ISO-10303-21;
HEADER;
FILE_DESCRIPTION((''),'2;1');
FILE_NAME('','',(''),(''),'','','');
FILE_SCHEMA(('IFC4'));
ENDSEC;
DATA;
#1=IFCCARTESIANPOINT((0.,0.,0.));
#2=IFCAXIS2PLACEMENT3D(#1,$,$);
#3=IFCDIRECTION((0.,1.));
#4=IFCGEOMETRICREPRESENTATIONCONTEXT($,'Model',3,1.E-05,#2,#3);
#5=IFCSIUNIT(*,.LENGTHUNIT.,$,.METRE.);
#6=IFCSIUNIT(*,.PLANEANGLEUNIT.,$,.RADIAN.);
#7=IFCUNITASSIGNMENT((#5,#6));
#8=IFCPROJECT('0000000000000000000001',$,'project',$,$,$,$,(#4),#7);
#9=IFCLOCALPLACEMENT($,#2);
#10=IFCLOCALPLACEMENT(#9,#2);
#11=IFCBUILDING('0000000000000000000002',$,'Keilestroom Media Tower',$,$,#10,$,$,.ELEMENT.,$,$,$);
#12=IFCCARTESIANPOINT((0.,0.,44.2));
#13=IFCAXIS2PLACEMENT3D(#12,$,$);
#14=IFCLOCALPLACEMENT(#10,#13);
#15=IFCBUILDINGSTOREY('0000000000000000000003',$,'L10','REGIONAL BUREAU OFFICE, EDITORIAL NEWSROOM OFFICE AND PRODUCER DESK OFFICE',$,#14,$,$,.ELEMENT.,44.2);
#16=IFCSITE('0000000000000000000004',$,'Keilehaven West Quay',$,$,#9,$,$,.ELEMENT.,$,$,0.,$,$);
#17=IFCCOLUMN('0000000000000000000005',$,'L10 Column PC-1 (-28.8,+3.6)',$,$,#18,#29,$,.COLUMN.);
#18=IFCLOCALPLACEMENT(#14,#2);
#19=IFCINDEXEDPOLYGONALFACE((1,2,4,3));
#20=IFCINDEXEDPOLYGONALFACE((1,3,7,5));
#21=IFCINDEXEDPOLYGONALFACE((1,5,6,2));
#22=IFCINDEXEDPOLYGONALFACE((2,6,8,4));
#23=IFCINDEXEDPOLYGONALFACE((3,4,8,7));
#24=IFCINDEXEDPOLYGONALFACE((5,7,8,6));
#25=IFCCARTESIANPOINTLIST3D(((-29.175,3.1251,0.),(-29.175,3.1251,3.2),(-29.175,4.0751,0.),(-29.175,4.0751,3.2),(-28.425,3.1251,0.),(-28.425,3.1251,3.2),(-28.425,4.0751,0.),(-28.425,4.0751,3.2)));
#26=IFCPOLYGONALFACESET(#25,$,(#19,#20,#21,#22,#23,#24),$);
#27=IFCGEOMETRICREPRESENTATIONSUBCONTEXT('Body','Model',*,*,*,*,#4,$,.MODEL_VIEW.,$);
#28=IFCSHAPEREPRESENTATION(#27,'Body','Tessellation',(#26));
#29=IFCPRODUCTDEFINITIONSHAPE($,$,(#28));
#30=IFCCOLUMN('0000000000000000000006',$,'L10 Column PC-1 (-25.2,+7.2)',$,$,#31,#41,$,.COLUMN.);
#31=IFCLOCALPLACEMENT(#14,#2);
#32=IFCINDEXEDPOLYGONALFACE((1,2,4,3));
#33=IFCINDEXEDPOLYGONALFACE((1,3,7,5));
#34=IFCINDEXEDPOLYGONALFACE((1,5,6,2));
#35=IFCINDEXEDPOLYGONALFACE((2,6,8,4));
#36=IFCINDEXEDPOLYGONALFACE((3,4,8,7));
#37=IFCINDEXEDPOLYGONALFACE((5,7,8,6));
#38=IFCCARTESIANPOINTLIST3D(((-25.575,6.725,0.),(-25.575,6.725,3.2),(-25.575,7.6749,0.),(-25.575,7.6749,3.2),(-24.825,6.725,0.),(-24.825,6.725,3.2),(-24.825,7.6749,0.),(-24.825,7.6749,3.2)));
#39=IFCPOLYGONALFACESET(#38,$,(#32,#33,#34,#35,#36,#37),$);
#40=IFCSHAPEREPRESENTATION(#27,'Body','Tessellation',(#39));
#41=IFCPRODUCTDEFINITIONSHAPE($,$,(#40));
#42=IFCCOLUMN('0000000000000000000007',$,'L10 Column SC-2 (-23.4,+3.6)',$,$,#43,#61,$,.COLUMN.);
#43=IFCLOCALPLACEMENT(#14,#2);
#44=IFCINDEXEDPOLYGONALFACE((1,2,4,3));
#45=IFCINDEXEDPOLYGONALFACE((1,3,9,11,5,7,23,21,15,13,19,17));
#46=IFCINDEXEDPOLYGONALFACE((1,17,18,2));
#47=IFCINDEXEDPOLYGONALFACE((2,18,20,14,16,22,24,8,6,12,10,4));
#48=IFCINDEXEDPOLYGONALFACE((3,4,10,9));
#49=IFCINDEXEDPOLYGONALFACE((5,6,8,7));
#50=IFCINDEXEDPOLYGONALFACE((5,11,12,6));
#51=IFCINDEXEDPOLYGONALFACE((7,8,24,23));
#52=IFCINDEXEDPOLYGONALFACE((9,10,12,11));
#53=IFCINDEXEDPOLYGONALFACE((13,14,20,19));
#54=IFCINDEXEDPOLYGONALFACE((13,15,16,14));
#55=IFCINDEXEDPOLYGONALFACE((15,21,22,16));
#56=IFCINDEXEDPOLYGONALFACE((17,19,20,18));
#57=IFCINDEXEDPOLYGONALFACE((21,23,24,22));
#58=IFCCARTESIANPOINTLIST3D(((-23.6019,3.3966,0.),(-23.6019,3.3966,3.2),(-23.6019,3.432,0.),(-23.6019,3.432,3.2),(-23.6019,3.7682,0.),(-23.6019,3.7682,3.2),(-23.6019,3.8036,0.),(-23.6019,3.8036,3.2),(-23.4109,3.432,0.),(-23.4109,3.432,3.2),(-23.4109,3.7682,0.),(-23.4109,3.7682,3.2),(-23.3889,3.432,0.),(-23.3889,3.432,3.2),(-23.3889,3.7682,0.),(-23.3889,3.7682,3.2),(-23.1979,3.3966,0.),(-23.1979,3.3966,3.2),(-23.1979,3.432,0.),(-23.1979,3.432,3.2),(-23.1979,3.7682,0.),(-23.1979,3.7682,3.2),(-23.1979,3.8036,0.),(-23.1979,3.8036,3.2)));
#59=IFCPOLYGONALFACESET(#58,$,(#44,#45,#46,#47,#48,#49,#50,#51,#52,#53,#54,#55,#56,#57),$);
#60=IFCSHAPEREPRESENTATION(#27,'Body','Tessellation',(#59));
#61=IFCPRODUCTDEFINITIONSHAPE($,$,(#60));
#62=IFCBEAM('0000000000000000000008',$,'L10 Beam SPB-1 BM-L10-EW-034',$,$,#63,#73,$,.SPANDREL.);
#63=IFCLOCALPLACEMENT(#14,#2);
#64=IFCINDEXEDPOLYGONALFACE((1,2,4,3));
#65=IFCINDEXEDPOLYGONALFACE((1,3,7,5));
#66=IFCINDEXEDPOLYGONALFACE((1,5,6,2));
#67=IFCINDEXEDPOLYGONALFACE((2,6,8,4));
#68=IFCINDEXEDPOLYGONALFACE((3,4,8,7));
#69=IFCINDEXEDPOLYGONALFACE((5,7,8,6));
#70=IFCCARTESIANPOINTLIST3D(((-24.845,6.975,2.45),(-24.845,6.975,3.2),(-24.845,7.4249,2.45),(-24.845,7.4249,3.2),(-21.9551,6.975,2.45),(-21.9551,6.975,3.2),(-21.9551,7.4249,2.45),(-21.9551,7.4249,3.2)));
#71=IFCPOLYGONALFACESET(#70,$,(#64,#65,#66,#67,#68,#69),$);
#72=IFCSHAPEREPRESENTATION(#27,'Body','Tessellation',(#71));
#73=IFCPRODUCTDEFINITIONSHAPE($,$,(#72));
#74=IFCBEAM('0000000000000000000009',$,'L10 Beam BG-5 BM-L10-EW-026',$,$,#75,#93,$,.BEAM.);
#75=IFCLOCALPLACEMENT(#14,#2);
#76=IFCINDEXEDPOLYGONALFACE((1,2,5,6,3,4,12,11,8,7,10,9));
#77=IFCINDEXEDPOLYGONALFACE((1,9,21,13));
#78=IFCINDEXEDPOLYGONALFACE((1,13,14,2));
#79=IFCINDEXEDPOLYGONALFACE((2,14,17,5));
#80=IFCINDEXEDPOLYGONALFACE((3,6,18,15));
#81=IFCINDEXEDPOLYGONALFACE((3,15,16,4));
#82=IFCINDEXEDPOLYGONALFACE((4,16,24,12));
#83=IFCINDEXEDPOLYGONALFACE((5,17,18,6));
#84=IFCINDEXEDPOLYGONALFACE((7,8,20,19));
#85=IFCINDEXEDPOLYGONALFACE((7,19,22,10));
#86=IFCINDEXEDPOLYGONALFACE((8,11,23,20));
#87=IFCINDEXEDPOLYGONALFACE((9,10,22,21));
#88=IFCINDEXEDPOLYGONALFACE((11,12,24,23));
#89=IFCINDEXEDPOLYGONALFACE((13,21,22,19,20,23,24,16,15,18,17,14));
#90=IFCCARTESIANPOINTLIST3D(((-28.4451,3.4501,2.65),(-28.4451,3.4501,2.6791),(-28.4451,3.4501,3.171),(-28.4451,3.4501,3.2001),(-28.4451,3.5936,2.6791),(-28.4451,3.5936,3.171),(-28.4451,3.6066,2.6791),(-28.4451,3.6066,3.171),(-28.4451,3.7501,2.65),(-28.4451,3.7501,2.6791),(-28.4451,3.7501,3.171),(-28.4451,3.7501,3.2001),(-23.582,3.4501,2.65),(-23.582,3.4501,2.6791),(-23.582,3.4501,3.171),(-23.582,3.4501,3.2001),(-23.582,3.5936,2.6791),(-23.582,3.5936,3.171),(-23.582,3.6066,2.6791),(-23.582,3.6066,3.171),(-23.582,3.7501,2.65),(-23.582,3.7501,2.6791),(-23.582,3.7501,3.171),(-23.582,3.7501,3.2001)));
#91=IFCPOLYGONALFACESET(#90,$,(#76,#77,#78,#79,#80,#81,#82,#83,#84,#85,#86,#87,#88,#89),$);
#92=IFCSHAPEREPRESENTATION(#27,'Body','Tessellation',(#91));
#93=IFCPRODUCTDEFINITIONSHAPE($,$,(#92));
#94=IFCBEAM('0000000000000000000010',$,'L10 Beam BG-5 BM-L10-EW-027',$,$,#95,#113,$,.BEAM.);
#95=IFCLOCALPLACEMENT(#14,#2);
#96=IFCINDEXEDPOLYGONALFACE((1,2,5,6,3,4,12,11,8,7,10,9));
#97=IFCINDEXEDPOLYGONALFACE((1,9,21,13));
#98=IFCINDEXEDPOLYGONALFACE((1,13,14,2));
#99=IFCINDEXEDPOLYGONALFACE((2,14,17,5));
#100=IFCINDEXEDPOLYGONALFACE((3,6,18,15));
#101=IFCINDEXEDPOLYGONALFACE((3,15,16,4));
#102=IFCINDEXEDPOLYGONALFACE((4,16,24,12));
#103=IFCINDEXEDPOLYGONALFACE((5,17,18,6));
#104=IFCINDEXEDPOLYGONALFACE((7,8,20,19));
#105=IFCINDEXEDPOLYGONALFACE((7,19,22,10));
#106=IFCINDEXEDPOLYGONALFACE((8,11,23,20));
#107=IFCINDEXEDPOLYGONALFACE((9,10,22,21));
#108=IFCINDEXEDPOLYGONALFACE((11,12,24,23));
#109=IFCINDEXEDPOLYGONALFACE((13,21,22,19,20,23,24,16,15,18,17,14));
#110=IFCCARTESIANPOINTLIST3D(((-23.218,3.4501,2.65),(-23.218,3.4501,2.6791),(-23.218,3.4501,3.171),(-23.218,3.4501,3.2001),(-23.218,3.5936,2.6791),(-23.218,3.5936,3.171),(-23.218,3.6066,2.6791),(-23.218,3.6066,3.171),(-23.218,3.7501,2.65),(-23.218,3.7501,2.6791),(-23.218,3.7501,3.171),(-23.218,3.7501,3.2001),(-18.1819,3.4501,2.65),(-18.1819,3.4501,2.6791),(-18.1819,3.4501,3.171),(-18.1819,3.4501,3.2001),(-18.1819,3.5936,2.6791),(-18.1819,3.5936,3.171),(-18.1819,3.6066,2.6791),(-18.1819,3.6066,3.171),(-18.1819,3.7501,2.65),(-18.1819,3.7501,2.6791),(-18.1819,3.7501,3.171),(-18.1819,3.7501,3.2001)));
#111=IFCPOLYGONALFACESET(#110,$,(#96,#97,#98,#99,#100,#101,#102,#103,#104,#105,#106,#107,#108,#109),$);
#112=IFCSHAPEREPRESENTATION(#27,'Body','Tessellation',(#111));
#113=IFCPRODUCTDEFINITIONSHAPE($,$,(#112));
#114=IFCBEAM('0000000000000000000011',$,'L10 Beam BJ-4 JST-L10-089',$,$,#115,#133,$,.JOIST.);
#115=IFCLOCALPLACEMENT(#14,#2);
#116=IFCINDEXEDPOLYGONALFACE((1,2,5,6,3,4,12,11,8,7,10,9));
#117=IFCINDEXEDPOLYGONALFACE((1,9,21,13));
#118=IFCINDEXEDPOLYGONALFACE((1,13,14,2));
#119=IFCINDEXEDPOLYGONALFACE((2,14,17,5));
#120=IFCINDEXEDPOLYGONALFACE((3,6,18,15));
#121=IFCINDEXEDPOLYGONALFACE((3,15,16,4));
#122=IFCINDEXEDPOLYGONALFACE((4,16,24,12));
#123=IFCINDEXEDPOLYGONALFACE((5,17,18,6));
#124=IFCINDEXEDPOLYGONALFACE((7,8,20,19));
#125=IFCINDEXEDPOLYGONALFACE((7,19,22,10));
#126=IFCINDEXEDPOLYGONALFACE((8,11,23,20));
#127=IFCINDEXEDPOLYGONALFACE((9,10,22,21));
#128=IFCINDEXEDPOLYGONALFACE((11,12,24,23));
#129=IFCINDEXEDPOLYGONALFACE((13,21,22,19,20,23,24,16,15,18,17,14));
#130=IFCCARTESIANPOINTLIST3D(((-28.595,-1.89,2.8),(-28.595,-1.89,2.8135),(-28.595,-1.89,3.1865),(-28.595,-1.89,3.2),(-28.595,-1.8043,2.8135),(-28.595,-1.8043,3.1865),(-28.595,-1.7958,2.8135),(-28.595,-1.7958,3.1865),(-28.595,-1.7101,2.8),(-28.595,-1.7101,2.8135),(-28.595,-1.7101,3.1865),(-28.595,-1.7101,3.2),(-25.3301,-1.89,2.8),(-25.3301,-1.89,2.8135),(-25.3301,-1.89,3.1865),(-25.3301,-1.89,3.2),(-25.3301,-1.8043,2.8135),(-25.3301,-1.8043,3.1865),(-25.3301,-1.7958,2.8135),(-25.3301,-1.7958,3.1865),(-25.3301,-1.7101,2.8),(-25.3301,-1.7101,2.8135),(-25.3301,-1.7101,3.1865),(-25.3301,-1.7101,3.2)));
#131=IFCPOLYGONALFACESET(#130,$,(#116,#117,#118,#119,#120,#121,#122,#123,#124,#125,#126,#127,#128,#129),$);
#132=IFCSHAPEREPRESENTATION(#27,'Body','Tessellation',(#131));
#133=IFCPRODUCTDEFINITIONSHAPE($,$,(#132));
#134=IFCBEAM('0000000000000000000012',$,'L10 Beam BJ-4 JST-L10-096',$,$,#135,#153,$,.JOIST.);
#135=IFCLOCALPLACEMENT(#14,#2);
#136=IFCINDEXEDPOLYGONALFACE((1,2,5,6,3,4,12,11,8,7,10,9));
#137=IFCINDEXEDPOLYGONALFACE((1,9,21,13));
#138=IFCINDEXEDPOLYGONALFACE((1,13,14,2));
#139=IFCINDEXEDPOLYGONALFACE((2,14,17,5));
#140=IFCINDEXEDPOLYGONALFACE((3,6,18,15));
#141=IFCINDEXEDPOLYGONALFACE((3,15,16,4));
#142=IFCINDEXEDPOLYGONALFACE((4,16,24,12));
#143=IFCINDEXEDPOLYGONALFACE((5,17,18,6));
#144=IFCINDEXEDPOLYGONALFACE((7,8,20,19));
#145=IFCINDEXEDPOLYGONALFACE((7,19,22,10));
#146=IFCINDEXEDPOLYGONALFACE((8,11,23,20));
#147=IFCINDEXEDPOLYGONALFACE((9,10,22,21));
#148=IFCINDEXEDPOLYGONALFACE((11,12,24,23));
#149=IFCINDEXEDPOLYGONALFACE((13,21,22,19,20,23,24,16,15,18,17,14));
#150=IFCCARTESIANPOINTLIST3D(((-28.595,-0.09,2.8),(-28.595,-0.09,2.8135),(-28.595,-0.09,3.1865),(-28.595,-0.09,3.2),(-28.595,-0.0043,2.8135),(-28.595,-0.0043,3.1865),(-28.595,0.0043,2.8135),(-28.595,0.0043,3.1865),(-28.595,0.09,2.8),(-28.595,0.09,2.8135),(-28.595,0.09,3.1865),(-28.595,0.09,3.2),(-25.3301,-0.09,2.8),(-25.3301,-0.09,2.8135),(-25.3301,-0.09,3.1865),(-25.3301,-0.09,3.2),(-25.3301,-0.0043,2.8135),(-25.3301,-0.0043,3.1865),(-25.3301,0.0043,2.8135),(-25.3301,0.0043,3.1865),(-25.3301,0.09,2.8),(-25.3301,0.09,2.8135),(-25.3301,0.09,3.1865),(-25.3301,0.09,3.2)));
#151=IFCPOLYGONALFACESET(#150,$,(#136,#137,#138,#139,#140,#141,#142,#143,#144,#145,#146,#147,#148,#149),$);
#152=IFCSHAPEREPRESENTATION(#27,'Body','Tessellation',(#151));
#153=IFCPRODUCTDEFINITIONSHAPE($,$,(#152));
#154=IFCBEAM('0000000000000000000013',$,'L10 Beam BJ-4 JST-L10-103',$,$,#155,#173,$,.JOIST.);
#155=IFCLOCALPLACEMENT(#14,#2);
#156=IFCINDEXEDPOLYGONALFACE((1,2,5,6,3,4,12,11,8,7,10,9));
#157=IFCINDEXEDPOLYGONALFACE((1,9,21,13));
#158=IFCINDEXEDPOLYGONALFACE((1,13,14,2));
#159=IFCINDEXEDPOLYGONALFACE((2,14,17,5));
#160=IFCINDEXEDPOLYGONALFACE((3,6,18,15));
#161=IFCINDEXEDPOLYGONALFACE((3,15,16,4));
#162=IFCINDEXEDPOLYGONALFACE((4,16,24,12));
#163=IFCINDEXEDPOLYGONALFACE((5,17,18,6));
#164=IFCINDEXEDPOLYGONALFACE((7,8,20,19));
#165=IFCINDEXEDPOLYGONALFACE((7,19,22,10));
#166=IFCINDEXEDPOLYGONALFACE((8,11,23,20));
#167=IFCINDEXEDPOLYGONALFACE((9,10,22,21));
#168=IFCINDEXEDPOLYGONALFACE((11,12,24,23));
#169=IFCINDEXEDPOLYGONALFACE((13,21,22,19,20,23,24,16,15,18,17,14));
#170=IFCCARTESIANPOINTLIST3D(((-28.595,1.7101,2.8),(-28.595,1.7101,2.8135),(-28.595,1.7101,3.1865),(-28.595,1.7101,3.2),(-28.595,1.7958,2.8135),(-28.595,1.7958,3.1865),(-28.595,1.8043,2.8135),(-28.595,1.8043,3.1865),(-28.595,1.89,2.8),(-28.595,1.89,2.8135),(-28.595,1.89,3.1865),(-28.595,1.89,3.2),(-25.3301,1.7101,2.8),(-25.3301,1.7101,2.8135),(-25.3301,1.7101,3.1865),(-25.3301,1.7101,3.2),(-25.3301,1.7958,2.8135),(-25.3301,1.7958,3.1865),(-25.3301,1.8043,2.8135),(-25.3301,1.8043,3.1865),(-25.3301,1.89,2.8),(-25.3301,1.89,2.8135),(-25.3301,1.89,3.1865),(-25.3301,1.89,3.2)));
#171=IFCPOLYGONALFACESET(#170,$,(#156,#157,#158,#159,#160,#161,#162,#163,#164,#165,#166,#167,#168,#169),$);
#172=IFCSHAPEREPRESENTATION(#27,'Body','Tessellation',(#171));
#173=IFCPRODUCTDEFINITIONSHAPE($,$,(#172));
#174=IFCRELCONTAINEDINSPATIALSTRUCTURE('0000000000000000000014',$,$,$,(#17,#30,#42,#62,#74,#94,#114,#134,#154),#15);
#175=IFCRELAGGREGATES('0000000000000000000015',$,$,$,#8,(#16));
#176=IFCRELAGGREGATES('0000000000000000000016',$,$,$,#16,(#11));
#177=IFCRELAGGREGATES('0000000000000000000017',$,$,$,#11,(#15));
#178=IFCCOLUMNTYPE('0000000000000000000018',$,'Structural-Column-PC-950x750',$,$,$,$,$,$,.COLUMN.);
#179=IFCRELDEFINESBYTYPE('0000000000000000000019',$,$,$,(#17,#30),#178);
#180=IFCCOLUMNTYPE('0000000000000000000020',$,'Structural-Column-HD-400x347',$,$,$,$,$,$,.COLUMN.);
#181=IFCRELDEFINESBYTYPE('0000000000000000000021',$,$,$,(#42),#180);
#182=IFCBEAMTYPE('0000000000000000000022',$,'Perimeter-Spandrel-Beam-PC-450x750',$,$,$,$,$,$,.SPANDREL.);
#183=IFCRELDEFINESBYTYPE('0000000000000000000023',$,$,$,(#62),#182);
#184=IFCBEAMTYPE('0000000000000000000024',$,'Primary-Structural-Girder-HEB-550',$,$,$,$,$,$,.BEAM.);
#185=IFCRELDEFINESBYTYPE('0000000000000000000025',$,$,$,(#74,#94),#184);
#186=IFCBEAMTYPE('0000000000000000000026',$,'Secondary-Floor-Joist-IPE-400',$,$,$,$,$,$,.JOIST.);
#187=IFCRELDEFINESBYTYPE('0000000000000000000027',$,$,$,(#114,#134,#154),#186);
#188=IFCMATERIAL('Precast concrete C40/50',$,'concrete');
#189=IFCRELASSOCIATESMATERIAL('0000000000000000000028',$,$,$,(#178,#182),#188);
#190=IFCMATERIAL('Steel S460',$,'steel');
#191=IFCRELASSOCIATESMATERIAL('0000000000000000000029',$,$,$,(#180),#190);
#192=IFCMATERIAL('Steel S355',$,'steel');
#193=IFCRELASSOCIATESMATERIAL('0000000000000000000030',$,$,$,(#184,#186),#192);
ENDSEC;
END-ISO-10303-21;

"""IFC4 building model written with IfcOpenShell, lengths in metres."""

from ifc_helpers import new_model, si_unit, direction, frame, origin, origin_2d, place, context, subcontext, project, spatial, rectangle, i_section, extrude, source, transform, mapped, material, material_profile, profile_set, type_object, element, save


model = new_model("IFC4")

# Units and contexts
model_context = context("Model", 3, precision=1e-05, world=origin(), true_north=direction((0.0, 1.0)))
body_context = subcontext(model_context, "Body", "Model", "MODEL_VIEW")
ifc_project = project(units=[si_unit("LENGTHUNIT", "METRE"), si_unit("PLANEANGLEUNIT", "RADIAN")], contexts=[model_context])

# Site, building, storey
site_placement = place(None, origin())
site = spatial("IfcSite", under=ifc_project, at=site_placement, Name="Keilehaven West Quay", CompositionType="ELEMENT", RefElevation=0.0)
building_placement = place(site_placement, origin())
building = spatial("IfcBuilding", under=site, at=building_placement, Name="Keilestroom Media Tower", CompositionType="ELEMENT")
storey_placement = place(building_placement, frame((0.0, 0.0, 44.2)))
storey = spatial("IfcBuildingStorey", under=building, at=storey_placement, Name="L10", Description="REGIONAL BUREAU OFFICE, EDITORIAL NEWSROOM OFFICE AND PRODUCER DESK OFFICE", CompositionType="ELEMENT", Elevation=44.2)

# Columns
ifc_material_1 = material(Name="Precast concrete C40/50", Category="concrete")
ifc_material_profile_1 = material_profile(ifc_material_1, rectangle(XDim=0.75, YDim=0.95, at=origin_2d()), Name="PC 950x750")
ifc_profile_set_1 = profile_set([ifc_material_profile_1], Name="Precast concrete C40/50")
column_type_1 = type_object("IfcColumnType", Name="Structural-Column-PC-950x750", PredefinedType="COLUMN", material=ifc_profile_set_1)
shared_shape_1 = source(origin(), body_context, "Body", "SweptSolid", [
    extrude(rectangle(XDim=0.75, YDim=0.95, at=origin_2d()), origin(), (0.0, 0.0, 1.0), 3.2),
])
for number, where, z_axis, x_axis, name in (
    (1, (-28.8, 3.6001, 0.0), (0.0, 0.0, 1.0), (1.0, 0.0, 0.0), "L10 Column PC-1 (-28.8,+3.6)"),
    (2, (-25.2, 7.2, 0.0), (0.0, 0.0, 1.0), (1.0, 0.0, 0.0), "L10 Column PC-1 (-25.2,+7.2)"),
):
    element("IfcColumn", number, at=place(storey_placement, frame(where, z_axis=z_axis, x_axis=x_axis)), inside=storey, type_object=column_type_1, Name=name, PredefinedType="COLUMN", context=body_context, shape_type="MappedRepresentation", body=[
        mapped(shared_shape_1, transform((0.0, 0.0, 0.0), x_axis=(1.0, 0.0, 0.0), y_axis=(0.0, 1.0, 0.0), z_axis=(0.0, 0.0, 1.0), scale=1.0)),
    ])
ifc_material_2 = material(Name="Steel S460", Category="steel")
ifc_material_profile_2 = material_profile(ifc_material_2, i_section(OverallWidth=0.4041, OverallDepth=0.407, WebThickness=0.022, FlangeThickness=0.0354, at=origin_2d()), Name="HD 400x347")
ifc_profile_set_2 = profile_set([ifc_material_profile_2], Name="Steel S460")
column_type_2 = type_object("IfcColumnType", Name="Structural-Column-HD-400x347", PredefinedType="COLUMN", material=ifc_profile_set_2)
shared_shape_2 = source(origin(), body_context, "Body", "SweptSolid", [
    extrude(i_section(OverallWidth=0.4041, OverallDepth=0.407, WebThickness=0.022, FlangeThickness=0.0354, at=origin_2d()), origin(), (0.0, 0.0, 1.0), 3.2),
])
column_placement = place(storey_placement, frame((-23.3999, 3.6001, 0.0), z_axis=(0.0, 0.0, 1.0), x_axis=(1.0, 0.0, 0.0)))
element("IfcColumn", 3, at=column_placement, inside=storey, type_object=column_type_2, Name="L10 Column SC-2 (-23.4,+3.6)", PredefinedType="COLUMN", context=body_context, shape_type="MappedRepresentation", body=[
    mapped(shared_shape_2, transform((0.0, 0.0, 0.0), x_axis=(1.0, 0.0, 0.0), y_axis=(0.0, 1.0, 0.0), z_axis=(0.0, 0.0, 1.0), scale=1.0)),
])

# Beams
ifc_material_profile_3 = material_profile(ifc_material_1, rectangle(XDim=0.45, YDim=0.75, at=origin_2d()), Name="PC 450x750")
ifc_profile_set_3 = profile_set([ifc_material_profile_3], Name="Precast concrete C40/50")
beam_type_1 = type_object("IfcBeamType", Name="Perimeter-Spandrel-Beam-PC-450x750", PredefinedType="SPANDREL", material=ifc_profile_set_3)
shared_shape_3 = source(origin(), body_context, "Body", "SweptSolid", [
    extrude(rectangle(XDim=0.45, YDim=0.75, at=origin_2d()), origin(), (0.0, 0.0, 1.0), 2.8899),
])
beam_1_placement = place(storey_placement, frame((-24.845, 7.2, 2.825), z_axis=(1.0, 0.0, 0.0), x_axis=(0.0, 1.0, 0.0)))
element("IfcBeam", 4, at=beam_1_placement, inside=storey, type_object=beam_type_1, Name="L10 Beam SPB-1 BM-L10-EW-034", PredefinedType="SPANDREL", context=body_context, shape_type="MappedRepresentation", body=[
    mapped(shared_shape_3, transform((0.0, 0.0, 0.0), x_axis=(1.0, 0.0, 0.0), y_axis=(0.0, 1.0, 0.0), z_axis=(0.0, 0.0, 1.0), scale=1.0)),
])
ifc_material_3 = material(Name="Steel S355", Category="steel")
ifc_material_profile_4 = material_profile(ifc_material_3, i_section(OverallWidth=0.3, OverallDepth=0.55, WebThickness=0.0129, FlangeThickness=0.0291, at=origin_2d()), Name="HEB 550")
ifc_profile_set_4 = profile_set([ifc_material_profile_4], Name="Steel S355")
beam_type_2 = type_object("IfcBeamType", Name="Primary-Structural-Girder-HEB-550", PredefinedType="BEAM", material=ifc_profile_set_4)
shared_shape_4 = source(origin(), body_context, "Body", "SweptSolid", [
    extrude(i_section(OverallWidth=0.3, OverallDepth=0.55, WebThickness=0.0129, FlangeThickness=0.0291, at=origin_2d()), origin(), (0.0, 0.0, 1.0), 4.863),
])
beam_2_placement = place(storey_placement, frame((-28.4451, 3.6001, 2.925), z_axis=(1.0, 0.0, 0.0), x_axis=(0.0, 1.0, 0.0)))
element("IfcBeam", 5, at=beam_2_placement, inside=storey, type_object=beam_type_2, Name="L10 Beam BG-5 BM-L10-EW-026", PredefinedType="BEAM", context=body_context, shape_type="MappedRepresentation", body=[
    mapped(shared_shape_4, transform((0.0, 0.0, 0.0), x_axis=(1.0, 0.0, 0.0), y_axis=(0.0, 1.0, 0.0), z_axis=(0.0, 0.0, 1.0), scale=1.0)),
])
shared_shape_5 = source(origin(), body_context, "Body", "SweptSolid", [
    extrude(i_section(OverallWidth=0.3, OverallDepth=0.55, WebThickness=0.0129, FlangeThickness=0.0291, at=origin_2d()), origin(), (0.0, 0.0, 1.0), 5.0361),
])
beam_3_placement = place(storey_placement, frame((-23.218, 3.6001, 2.925), z_axis=(1.0, 0.0, 0.0), x_axis=(0.0, 1.0, 0.0)))
element("IfcBeam", 6, at=beam_3_placement, inside=storey, type_object=beam_type_2, Name="L10 Beam BG-5 BM-L10-EW-027", PredefinedType="BEAM", context=body_context, shape_type="MappedRepresentation", body=[
    mapped(shared_shape_5, transform((0.0, 0.0, 0.0), x_axis=(1.0, 0.0, 0.0), y_axis=(0.0, 1.0, 0.0), z_axis=(0.0, 0.0, 1.0), scale=1.0)),
])
ifc_material_profile_5 = material_profile(ifc_material_3, i_section(OverallWidth=0.1799, OverallDepth=0.3999, WebThickness=0.0085, FlangeThickness=0.0134, at=origin_2d()), Name="IPE 400")
ifc_profile_set_5 = profile_set([ifc_material_profile_5], Name="Steel S355")
beam_type_3 = type_object("IfcBeamType", Name="Secondary-Floor-Joist-IPE-400", PredefinedType="JOIST", material=ifc_profile_set_5)
shared_shape_6 = source(origin(), body_context, "Body", "SweptSolid", [
    extrude(i_section(OverallWidth=0.1799, OverallDepth=0.3999, WebThickness=0.0085, FlangeThickness=0.0134, at=origin_2d()), origin(), (0.0, 0.0, 1.0), 3.2649),
])
for number, where, z_axis, x_axis, name in (
    (7, (-28.595, -1.8, 3.0), (1.0, 0.0, 0.0), (0.0, 1.0, 0.0), "L10 Beam BJ-4 JST-L10-089"),
    (8, (-28.595, 0.0, 3.0), (1.0, 0.0, 0.0), (0.0, 1.0, 0.0), "L10 Beam BJ-4 JST-L10-096"),
    (9, (-28.595, 1.8, 3.0), (1.0, 0.0, 0.0), (0.0, 1.0, 0.0), "L10 Beam BJ-4 JST-L10-103"),
):
    element("IfcBeam", number, at=place(storey_placement, frame(where, z_axis=z_axis, x_axis=x_axis)), inside=storey, type_object=beam_type_3, Name=name, PredefinedType="JOIST", context=body_context, shape_type="MappedRepresentation", body=[
        mapped(shared_shape_6, transform((0.0, 0.0, 0.0), x_axis=(1.0, 0.0, 0.0), y_axis=(0.0, 1.0, 0.0), z_axis=(0.0, 0.0, 1.0), scale=1.0)),
    ])

save(model, "model.ifc")
